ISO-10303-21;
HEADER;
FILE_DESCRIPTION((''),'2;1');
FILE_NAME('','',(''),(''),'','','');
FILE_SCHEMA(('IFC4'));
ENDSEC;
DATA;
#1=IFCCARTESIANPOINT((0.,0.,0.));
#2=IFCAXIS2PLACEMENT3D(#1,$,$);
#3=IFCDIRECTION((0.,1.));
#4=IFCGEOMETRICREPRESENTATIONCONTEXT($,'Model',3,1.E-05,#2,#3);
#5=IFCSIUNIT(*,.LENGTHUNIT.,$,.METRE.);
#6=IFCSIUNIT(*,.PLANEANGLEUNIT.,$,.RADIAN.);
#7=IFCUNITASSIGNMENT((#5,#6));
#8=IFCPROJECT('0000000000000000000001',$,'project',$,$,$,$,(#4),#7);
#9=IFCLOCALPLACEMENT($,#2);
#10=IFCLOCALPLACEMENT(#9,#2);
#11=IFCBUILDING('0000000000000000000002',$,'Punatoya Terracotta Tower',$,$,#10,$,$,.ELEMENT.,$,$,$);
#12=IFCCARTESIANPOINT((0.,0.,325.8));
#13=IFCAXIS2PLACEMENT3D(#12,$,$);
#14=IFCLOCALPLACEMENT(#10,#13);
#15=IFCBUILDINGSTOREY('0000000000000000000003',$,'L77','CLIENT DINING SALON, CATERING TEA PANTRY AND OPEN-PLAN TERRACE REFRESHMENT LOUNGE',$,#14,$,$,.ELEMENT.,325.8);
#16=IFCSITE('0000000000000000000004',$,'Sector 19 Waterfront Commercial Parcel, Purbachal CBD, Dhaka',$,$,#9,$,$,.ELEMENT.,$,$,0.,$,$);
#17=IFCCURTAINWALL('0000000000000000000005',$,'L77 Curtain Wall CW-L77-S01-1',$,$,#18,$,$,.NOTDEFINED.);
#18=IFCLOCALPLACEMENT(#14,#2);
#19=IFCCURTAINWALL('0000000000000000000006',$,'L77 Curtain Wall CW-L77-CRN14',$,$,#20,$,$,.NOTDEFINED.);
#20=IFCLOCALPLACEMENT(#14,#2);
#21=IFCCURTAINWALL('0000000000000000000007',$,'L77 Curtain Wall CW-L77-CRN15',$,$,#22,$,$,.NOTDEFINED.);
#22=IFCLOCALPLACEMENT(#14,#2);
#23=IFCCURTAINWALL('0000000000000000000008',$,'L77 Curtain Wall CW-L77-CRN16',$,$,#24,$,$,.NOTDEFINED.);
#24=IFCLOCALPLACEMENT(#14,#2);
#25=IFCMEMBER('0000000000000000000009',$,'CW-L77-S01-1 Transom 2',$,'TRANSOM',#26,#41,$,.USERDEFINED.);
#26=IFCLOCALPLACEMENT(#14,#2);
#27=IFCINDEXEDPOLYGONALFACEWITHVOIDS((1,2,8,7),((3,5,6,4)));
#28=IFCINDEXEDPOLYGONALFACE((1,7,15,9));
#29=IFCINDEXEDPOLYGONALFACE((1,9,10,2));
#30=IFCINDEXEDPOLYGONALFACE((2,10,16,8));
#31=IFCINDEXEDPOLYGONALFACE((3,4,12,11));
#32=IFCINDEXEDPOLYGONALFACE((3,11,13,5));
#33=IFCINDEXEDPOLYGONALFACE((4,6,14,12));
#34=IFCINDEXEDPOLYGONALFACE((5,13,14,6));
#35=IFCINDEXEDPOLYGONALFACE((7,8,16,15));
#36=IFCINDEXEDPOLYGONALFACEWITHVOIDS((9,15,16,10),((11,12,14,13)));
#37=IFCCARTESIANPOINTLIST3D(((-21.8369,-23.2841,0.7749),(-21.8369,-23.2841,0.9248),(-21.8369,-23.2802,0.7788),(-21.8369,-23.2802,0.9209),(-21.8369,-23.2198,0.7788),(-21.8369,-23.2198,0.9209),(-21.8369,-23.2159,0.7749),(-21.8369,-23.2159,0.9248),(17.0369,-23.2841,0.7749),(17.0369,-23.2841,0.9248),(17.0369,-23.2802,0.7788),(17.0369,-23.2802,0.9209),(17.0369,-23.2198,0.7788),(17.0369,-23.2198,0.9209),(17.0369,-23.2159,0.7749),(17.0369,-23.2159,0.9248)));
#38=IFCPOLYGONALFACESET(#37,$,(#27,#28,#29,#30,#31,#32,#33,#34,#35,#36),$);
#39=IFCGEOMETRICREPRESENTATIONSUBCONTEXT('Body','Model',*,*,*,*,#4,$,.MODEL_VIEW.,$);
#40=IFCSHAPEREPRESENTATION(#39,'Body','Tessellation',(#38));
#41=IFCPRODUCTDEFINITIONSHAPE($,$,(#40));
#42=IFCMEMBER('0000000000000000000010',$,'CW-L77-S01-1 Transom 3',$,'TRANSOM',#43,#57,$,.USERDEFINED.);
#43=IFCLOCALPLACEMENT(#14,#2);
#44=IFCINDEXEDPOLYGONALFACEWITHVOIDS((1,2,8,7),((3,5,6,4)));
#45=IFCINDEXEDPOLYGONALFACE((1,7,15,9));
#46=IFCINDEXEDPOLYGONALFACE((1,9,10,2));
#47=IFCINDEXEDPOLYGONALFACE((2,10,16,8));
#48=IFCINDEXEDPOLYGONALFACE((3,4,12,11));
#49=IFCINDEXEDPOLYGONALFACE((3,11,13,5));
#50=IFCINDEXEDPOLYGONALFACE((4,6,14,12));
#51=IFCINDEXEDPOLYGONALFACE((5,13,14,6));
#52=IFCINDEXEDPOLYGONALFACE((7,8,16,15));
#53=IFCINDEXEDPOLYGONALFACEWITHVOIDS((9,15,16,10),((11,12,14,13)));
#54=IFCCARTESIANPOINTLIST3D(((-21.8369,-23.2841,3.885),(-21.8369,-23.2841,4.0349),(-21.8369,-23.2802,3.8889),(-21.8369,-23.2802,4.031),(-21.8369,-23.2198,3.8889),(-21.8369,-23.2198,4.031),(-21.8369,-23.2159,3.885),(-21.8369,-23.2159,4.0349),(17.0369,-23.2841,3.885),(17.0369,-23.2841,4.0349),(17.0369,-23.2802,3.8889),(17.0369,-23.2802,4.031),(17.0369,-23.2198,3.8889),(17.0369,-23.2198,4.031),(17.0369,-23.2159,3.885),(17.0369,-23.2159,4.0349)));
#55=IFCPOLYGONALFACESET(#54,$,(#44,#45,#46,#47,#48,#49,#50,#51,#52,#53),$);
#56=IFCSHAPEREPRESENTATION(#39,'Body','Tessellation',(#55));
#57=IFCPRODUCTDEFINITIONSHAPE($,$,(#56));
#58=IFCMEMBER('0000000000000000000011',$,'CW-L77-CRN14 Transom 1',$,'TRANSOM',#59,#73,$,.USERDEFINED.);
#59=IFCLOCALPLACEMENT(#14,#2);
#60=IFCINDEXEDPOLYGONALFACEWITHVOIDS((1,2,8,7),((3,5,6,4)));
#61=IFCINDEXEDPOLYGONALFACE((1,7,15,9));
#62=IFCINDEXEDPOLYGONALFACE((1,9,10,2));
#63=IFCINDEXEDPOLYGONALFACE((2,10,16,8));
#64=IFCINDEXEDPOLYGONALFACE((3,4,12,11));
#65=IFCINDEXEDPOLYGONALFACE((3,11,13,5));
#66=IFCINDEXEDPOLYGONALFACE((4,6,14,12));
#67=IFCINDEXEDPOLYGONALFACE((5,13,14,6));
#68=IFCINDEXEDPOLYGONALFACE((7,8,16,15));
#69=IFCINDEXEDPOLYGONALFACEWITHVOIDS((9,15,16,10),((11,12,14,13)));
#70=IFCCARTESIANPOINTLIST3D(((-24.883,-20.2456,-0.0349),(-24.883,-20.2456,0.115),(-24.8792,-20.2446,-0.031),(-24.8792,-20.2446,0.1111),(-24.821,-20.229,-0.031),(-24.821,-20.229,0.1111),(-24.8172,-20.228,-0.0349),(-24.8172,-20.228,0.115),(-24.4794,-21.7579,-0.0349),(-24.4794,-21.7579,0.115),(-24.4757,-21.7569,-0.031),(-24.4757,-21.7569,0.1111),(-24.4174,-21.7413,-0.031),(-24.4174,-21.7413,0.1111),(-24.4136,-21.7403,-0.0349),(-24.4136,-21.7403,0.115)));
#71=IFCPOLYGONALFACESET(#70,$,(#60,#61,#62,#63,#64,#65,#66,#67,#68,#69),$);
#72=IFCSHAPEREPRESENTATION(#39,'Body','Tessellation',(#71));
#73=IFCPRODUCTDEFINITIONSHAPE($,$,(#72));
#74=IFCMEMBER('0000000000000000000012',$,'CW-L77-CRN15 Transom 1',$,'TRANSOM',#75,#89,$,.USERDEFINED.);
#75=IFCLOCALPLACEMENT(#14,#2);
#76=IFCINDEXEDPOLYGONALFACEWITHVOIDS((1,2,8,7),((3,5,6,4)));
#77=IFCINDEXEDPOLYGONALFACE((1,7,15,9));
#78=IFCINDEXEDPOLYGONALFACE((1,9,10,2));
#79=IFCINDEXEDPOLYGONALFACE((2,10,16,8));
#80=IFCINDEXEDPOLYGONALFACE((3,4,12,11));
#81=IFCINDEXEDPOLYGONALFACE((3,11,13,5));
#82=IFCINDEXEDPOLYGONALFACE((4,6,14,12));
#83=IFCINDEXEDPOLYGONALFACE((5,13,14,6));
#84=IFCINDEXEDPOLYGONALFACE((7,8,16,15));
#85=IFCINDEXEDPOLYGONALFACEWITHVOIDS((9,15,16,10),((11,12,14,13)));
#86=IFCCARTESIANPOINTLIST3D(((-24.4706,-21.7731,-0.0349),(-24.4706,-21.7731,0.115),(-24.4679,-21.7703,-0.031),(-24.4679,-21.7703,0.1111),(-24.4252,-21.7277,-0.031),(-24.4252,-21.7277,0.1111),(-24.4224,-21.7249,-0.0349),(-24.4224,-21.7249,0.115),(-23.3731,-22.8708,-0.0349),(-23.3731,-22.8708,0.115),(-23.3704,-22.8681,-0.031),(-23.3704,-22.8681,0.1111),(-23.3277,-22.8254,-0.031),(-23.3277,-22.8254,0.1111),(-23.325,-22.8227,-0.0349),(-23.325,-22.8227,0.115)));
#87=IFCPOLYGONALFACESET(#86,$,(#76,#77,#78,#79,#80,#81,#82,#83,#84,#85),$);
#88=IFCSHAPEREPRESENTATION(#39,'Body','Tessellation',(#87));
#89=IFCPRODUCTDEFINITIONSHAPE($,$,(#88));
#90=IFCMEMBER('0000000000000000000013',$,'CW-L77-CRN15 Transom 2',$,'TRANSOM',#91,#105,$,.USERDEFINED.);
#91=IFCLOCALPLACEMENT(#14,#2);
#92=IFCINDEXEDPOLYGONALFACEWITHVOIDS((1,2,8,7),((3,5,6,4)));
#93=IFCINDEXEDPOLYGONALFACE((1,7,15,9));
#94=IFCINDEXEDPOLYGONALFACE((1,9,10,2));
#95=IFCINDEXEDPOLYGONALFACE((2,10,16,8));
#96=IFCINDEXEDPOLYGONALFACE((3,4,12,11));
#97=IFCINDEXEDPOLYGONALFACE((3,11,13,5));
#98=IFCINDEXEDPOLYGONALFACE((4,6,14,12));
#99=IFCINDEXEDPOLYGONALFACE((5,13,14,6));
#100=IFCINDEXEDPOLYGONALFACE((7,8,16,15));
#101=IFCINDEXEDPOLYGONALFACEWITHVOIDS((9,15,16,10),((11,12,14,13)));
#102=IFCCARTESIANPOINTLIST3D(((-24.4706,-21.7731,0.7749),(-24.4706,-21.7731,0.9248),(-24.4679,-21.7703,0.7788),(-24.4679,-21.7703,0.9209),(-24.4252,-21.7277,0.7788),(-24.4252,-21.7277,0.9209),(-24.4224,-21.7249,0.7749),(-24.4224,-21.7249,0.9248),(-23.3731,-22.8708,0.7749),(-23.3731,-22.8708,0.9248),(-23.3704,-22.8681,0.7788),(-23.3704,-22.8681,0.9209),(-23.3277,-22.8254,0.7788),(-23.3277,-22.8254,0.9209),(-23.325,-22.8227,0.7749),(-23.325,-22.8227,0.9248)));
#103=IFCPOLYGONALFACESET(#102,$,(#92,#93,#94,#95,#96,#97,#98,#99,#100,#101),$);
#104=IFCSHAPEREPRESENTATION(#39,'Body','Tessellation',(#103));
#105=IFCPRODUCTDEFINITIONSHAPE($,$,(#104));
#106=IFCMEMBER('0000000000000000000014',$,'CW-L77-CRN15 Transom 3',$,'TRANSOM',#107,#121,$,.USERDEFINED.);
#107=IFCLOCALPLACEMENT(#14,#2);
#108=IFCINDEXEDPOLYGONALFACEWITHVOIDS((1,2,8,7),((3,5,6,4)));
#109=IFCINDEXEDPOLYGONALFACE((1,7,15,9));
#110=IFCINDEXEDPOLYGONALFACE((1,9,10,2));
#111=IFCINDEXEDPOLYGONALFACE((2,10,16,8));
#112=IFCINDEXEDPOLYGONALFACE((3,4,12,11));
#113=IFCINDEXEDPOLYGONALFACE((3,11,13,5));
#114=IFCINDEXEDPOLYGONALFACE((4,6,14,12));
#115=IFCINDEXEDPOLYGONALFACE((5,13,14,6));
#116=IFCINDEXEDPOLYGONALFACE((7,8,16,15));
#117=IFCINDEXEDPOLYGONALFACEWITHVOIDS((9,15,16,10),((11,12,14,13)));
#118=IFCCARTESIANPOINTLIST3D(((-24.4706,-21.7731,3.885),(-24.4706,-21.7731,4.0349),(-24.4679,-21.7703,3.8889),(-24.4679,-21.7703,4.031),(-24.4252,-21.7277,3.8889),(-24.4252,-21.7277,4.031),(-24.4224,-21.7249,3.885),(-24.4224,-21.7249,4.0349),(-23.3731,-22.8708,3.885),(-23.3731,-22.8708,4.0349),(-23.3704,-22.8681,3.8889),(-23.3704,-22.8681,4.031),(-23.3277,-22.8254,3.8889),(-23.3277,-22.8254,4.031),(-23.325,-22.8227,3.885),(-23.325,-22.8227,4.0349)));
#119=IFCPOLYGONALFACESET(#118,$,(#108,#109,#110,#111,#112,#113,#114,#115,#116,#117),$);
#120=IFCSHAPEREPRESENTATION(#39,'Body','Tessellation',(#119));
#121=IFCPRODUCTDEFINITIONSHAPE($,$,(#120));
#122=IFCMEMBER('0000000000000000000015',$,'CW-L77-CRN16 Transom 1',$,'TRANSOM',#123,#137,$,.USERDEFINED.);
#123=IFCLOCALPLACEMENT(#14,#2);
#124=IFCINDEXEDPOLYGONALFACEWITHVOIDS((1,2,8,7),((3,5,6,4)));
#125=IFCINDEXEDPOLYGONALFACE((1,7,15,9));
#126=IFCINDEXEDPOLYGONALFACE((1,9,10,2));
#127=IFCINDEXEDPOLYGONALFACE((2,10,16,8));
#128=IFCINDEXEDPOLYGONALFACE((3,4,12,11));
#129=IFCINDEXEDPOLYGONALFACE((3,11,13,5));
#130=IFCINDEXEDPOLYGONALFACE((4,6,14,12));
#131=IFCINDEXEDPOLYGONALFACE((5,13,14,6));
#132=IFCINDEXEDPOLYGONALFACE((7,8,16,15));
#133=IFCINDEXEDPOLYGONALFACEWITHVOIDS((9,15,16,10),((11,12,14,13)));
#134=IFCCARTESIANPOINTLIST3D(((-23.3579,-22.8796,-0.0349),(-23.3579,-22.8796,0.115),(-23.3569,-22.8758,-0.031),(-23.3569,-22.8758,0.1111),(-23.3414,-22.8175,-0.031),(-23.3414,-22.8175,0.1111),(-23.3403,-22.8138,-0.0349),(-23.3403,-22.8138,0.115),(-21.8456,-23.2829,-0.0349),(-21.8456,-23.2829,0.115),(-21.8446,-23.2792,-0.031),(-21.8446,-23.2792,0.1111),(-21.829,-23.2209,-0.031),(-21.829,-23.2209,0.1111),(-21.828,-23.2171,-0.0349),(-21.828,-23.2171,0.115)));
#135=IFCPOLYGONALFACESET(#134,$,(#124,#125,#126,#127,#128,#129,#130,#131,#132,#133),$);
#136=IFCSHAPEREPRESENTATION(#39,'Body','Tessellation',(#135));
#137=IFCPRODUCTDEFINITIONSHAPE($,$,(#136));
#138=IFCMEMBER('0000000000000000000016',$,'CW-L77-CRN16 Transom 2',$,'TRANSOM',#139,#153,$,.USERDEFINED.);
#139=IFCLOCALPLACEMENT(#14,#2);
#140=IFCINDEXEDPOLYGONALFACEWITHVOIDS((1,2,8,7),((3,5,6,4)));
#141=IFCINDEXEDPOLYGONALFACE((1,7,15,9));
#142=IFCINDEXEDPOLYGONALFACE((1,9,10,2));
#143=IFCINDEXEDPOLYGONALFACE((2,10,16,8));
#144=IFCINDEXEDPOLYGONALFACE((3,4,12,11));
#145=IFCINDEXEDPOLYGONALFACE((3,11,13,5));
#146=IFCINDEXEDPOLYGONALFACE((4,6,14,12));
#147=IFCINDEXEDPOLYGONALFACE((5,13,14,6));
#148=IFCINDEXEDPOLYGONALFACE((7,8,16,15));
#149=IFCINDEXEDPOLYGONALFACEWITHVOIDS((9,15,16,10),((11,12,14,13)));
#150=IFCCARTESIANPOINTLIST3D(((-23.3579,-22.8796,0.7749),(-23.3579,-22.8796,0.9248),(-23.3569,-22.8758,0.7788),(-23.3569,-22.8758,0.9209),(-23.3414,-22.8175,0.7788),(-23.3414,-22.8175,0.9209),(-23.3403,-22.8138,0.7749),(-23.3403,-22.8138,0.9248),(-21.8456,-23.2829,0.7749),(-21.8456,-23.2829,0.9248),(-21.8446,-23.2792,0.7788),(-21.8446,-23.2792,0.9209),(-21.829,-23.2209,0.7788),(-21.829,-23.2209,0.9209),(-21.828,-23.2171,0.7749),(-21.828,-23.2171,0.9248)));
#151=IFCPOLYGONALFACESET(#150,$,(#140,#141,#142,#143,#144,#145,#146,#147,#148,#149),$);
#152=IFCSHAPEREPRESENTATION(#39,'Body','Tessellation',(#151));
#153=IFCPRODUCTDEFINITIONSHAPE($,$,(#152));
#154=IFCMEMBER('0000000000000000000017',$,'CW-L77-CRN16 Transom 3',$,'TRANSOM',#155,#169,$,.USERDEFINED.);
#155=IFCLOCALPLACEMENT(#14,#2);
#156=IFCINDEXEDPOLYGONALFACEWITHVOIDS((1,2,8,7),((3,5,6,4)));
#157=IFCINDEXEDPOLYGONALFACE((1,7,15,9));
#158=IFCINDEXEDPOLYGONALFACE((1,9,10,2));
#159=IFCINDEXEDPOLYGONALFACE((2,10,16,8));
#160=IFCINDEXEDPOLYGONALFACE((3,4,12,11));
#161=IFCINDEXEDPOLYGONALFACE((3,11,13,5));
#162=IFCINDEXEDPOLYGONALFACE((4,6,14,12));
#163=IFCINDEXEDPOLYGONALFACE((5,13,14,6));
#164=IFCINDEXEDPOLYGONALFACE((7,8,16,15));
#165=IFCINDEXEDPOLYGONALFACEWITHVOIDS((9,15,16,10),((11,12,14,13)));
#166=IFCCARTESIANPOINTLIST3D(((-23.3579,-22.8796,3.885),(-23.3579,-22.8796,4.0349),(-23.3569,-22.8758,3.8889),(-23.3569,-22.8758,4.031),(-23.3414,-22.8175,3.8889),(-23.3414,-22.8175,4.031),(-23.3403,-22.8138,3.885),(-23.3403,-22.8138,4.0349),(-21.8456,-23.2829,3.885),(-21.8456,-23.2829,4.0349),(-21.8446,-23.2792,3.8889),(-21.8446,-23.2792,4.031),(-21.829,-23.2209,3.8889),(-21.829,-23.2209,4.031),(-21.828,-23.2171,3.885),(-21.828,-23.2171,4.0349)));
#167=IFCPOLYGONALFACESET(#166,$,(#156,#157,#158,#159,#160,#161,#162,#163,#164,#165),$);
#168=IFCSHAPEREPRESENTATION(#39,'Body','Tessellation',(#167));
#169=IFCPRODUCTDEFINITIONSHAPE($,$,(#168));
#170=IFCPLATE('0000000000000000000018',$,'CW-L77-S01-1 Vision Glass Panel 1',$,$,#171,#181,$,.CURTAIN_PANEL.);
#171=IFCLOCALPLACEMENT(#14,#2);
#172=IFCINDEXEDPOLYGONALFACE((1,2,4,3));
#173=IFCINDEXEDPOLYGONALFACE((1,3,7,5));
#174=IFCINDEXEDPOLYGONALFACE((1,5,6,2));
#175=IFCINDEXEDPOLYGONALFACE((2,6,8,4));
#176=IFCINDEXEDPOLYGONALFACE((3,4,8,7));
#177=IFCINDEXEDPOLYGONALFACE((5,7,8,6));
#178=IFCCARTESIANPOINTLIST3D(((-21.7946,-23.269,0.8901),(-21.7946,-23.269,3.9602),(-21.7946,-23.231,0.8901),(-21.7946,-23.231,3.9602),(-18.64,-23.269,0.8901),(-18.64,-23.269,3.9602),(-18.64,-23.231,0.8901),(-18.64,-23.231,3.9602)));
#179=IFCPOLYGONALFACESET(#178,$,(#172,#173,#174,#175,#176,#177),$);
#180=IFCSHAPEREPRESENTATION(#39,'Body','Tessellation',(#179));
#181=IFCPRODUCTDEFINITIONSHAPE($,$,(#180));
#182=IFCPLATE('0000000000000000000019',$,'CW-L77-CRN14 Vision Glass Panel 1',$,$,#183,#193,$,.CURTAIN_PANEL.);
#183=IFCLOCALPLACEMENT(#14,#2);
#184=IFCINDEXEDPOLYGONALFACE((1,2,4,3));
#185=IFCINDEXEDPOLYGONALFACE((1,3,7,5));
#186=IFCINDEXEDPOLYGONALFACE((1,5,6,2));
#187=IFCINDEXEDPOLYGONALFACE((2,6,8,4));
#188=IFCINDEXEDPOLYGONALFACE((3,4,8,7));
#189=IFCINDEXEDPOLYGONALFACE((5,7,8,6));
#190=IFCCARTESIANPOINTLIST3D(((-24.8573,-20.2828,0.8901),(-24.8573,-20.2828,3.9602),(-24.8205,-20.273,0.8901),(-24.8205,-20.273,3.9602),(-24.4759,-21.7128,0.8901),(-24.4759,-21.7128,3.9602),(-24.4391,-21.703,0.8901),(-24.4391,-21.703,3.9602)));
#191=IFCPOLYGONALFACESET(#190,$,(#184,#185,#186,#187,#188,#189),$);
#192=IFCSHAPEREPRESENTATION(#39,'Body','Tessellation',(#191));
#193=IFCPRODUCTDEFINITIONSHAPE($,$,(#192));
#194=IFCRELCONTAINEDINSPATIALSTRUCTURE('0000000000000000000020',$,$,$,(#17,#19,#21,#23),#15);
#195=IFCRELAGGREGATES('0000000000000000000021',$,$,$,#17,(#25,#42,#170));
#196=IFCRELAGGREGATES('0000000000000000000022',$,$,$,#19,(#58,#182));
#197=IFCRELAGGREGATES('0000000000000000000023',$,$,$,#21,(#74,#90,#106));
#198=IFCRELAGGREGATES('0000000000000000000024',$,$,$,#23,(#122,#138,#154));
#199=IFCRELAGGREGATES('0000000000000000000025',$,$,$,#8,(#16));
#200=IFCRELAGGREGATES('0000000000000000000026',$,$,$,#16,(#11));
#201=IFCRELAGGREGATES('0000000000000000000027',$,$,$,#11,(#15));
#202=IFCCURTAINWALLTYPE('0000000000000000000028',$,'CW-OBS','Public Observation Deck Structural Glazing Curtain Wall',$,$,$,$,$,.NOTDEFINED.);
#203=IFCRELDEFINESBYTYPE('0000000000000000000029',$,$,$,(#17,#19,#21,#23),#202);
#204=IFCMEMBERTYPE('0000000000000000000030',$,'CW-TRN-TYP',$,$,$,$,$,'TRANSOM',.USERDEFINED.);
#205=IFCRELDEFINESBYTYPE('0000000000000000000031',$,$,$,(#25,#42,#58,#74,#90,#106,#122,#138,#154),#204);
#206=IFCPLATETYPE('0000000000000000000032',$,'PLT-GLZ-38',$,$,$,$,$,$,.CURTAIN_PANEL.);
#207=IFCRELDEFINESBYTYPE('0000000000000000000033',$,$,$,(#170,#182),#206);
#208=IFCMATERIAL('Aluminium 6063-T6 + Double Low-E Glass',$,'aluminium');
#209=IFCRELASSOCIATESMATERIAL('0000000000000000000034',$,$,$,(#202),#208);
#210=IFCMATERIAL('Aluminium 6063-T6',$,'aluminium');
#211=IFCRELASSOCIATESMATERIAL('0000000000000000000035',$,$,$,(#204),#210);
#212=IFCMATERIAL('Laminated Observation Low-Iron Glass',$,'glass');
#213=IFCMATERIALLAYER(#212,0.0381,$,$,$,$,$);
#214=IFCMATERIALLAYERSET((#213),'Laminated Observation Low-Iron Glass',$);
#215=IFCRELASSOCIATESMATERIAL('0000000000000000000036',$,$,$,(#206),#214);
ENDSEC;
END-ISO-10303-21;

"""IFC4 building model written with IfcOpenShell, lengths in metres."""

from ifc_helpers import new_model, si_unit, direction, frame, origin, origin_2d, place, context, subcontext, project, spatial, rectangle, hollow_rectangle, extrude, material, layer, layer_set, material_profile, profile_set, type_object, element, aggregate, save


model = new_model("IFC4")

# Units and contexts
model_context = context("Model", 3, precision=1e-05, world=origin(), true_north=direction((0.0, 1.0)))
body_context = subcontext(model_context, "Body", "Model", "MODEL_VIEW")
ifc_project = project(units=[si_unit("LENGTHUNIT", "METRE"), si_unit("PLANEANGLEUNIT", "RADIAN")], contexts=[model_context])

# Site, building, storey
site_placement = place(None, origin())
site = spatial("IfcSite", under=ifc_project, at=site_placement, Name="Sector 19 Waterfront Commercial Parcel, Purbachal CBD, Dhaka", CompositionType="ELEMENT", RefElevation=0.0)
building_placement = place(site_placement, origin())
building = spatial("IfcBuilding", under=site, at=building_placement, Name="Punatoya Terracotta Tower", CompositionType="ELEMENT")
storey_placement = place(building_placement, frame((0.0, 0.0, 325.8)))
storey = spatial("IfcBuildingStorey", under=building, at=storey_placement, Name="L77", Description="CLIENT DINING SALON, CATERING TEA PANTRY AND OPEN-PLAN TERRACE REFRESHMENT LOUNGE", CompositionType="ELEMENT", Elevation=325.8)

# Curtain wall
ifc_material_1 = material(Name="Aluminium 6063-T6 + Double Low-E Glass", Category="aluminium")
curtain_wall_type = type_object("IfcCurtainWallType", Name="CW-OBS", Description="Public Observation Deck Structural Glazing Curtain Wall", PredefinedType="NOTDEFINED", material=ifc_material_1)
curtain_wall_1_placement = place(storey_placement, origin())
curtain_wall_1 = element("IfcCurtainWall", 1, at=curtain_wall_1_placement, inside=storey, type_object=curtain_wall_type, Name="L77 Curtain Wall CW-L77-S01-1", PredefinedType="NOTDEFINED")
ifc_material_2 = material(Name="Aluminium 6063-T6", Category="aluminium")

# Curtain walls
curtain_wall_2_placement = place(storey_placement, origin())
curtain_wall_2 = element("IfcCurtainWall", 2, at=curtain_wall_2_placement, inside=storey, type_object=curtain_wall_type, Name="L77 Curtain Wall CW-L77-CRN14", PredefinedType="NOTDEFINED")
curtain_wall_3_placement = place(storey_placement, origin())
curtain_wall_3 = element("IfcCurtainWall", 3, at=curtain_wall_3_placement, inside=storey, type_object=curtain_wall_type, Name="L77 Curtain Wall CW-L77-CRN15", PredefinedType="NOTDEFINED")
curtain_wall_4_placement = place(storey_placement, origin())
curtain_wall_4 = element("IfcCurtainWall", 4, at=curtain_wall_4_placement, inside=storey, type_object=curtain_wall_type, Name="L77 Curtain Wall CW-L77-CRN16", PredefinedType="NOTDEFINED")

# Members
ifc_material_profile_1 = material_profile(ifc_material_2, hollow_rectangle(XDim=0.0681, YDim=0.1499, WallThickness=0.0039, at=origin_2d()))
ifc_profile_set_1 = profile_set([ifc_material_profile_1], Name="Aluminium 6063-T6")
member_type_1 = type_object("IfcMemberType", Name="CW-TRN-TYP", ElementType="TRANSOM", PredefinedType="USERDEFINED", material=ifc_profile_set_1)
member_1_placement = place(storey_placement, frame((-21.8369, -23.25, 0.8499), z_axis=(1.0, 0.0, 0.0), x_axis=(0.0, 1.0, 0.0)))
member_1 = element("IfcMember", 5, at=member_1_placement, type_object=member_type_1, Name="CW-L77-S01-1 Transom 2", ObjectType="TRANSOM", PredefinedType="USERDEFINED", context=body_context, shape_type="SweptSolid", body=[
    extrude(hollow_rectangle(XDim=0.0681, YDim=0.1499, WallThickness=0.0039, at=origin_2d()), origin(), (0.0, 0.0, 1.0), 38.8738),
])
member_2_placement = place(storey_placement, frame((-21.8369, -23.25, 3.96), z_axis=(1.0, 0.0, 0.0), x_axis=(0.0, 1.0, 0.0)))
member_2 = element("IfcMember", 6, at=member_2_placement, type_object=member_type_1, Name="CW-L77-S01-1 Transom 3", ObjectType="TRANSOM", PredefinedType="USERDEFINED", context=body_context, shape_type="SweptSolid", body=[
    extrude(hollow_rectangle(XDim=0.0681, YDim=0.1499, WallThickness=0.0039, at=origin_2d()), origin(), (0.0, 0.0, 1.0), 38.8738),
])
member_3_placement = place(storey_placement, frame((-24.8501, -20.2368, 0.04), z_axis=(0.257847, -0.966186, 0.0), x_axis=(0.966186, 0.257847, 0.0)))
member_3 = element("IfcMember", 7, at=member_3_placement, type_object=member_type_1, Name="CW-L77-CRN14 Transom 1", ObjectType="TRANSOM", PredefinedType="USERDEFINED", context=body_context, shape_type="SweptSolid", body=[
    extrude(hollow_rectangle(XDim=0.0681, YDim=0.1499, WallThickness=0.0039, at=origin_2d()), origin(), (0.0, 0.0, 1.0), 1.5652),
])
member_4_placement = place(storey_placement, frame((-24.4465, -21.749, 0.04), z_axis=(0.707028, -0.707185, 0.0), x_axis=(0.707185, 0.707028, 0.0)))
member_4 = element("IfcMember", 8, at=member_4_placement, type_object=member_type_1, Name="CW-L77-CRN15 Transom 1", ObjectType="TRANSOM", PredefinedType="USERDEFINED", context=body_context, shape_type="SweptSolid", body=[
    extrude(hollow_rectangle(XDim=0.0681, YDim=0.1499, WallThickness=0.0039, at=origin_2d()), origin(), (0.0, 0.0, 1.0), 1.5522),
])
member_5_placement = place(storey_placement, frame((-24.4465, -21.749, 0.8499), z_axis=(0.707028, -0.707185, 0.0), x_axis=(0.707185, 0.707028, 0.0)))
member_5 = element("IfcMember", 9, at=member_5_placement, type_object=member_type_1, Name="CW-L77-CRN15 Transom 2", ObjectType="TRANSOM", PredefinedType="USERDEFINED", context=body_context, shape_type="SweptSolid", body=[
    extrude(hollow_rectangle(XDim=0.0681, YDim=0.1499, WallThickness=0.0039, at=origin_2d()), origin(), (0.0, 0.0, 1.0), 1.5522),
])
member_6_placement = place(storey_placement, frame((-24.4465, -21.749, 3.96), z_axis=(0.707028, -0.707185, 0.0), x_axis=(0.707185, 0.707028, 0.0)))
member_6 = element("IfcMember", 10, at=member_6_placement, type_object=member_type_1, Name="CW-L77-CRN15 Transom 3", ObjectType="TRANSOM", PredefinedType="USERDEFINED", context=body_context, shape_type="SweptSolid", body=[
    extrude(hollow_rectangle(XDim=0.0681, YDim=0.1499, WallThickness=0.0039, at=origin_2d()), origin(), (0.0, 0.0, 1.0), 1.5522),
])
member_7_placement = place(storey_placement, frame((-23.3491, -22.8467, 0.04), z_axis=(0.966225, -0.257701, 0.0), x_axis=(0.257701, 0.966225, 0.0)))
member_7 = element("IfcMember", 11, at=member_7_placement, type_object=member_type_1, Name="CW-L77-CRN16 Transom 1", ObjectType="TRANSOM", PredefinedType="USERDEFINED", context=body_context, shape_type="SweptSolid", body=[
    extrude(hollow_rectangle(XDim=0.0681, YDim=0.1499, WallThickness=0.0039, at=origin_2d()), origin(), (0.0, 0.0, 1.0), 1.5652),
])
member_8_placement = place(storey_placement, frame((-23.3491, -22.8467, 0.8499), z_axis=(0.966225, -0.257701, 0.0), x_axis=(0.257701, 0.966225, 0.0)))
member_8 = element("IfcMember", 12, at=member_8_placement, type_object=member_type_1, Name="CW-L77-CRN16 Transom 2", ObjectType="TRANSOM", PredefinedType="USERDEFINED", context=body_context, shape_type="SweptSolid", body=[
    extrude(hollow_rectangle(XDim=0.0681, YDim=0.1499, WallThickness=0.0039, at=origin_2d()), origin(), (0.0, 0.0, 1.0), 1.5652),
])
member_9_placement = place(storey_placement, frame((-23.3491, -22.8467, 3.96), z_axis=(0.966225, -0.257701, 0.0), x_axis=(0.257701, 0.966225, 0.0)))
member_9 = element("IfcMember", 13, at=member_9_placement, type_object=member_type_1, Name="CW-L77-CRN16 Transom 3", ObjectType="TRANSOM", PredefinedType="USERDEFINED", context=body_context, shape_type="SweptSolid", body=[
    extrude(hollow_rectangle(XDim=0.0681, YDim=0.1499, WallThickness=0.0039, at=origin_2d()), origin(), (0.0, 0.0, 1.0), 1.5652),
])

# Plates
ifc_material_3 = material(Name="Laminated Observation Low-Iron Glass", Category="glass")
ifc_layer_1 = layer(ifc_material_3, 0.0381)
ifc_layer_set_1 = layer_set([ifc_layer_1], Name="Laminated Observation Low-Iron Glass")
plate_type_1 = type_object("IfcPlateType", Name="PLT-GLZ-38", PredefinedType="CURTAIN_PANEL", material=ifc_layer_set_1)
plate_1_placement = place(storey_placement, frame((-20.2173, -23.25, 0.8901), z_axis=(0.0, 0.0, 1.0), x_axis=(1.0, 0.0, 0.0)))
plate_1 = element("IfcPlate", 14, at=plate_1_placement, type_object=plate_type_1, Name="CW-L77-S01-1 Vision Glass Panel 1", PredefinedType="CURTAIN_PANEL", context=body_context, shape_type="SweptSolid", body=[
    extrude(rectangle(XDim=3.1545, YDim=0.0381, at=origin_2d()), origin(), (0.0, 0.0, 1.0), 3.0701),
])
plate_2_placement = place(storey_placement, frame((-24.6482, -20.9929, 0.8901), z_axis=(0.0, 0.0, 1.0), x_axis=(0.257742, -0.966214, 0.0)))
plate_2 = element("IfcPlate", 15, at=plate_2_placement, type_object=plate_type_1, Name="CW-L77-CRN14 Vision Glass Panel 1", PredefinedType="CURTAIN_PANEL", context=body_context, shape_type="SweptSolid", body=[
    extrude(rectangle(XDim=1.48, YDim=0.0381, at=origin_2d()), origin(), (0.0, 0.0, 1.0), 3.0701),
])
aggregate(curtain_wall_1, [member_1, member_2, plate_1])
aggregate(curtain_wall_2, [member_3, plate_2])
aggregate(curtain_wall_3, [member_4, member_5, member_6])
aggregate(curtain_wall_4, [member_7, member_8, member_9])

save(model, "model.ifc")
